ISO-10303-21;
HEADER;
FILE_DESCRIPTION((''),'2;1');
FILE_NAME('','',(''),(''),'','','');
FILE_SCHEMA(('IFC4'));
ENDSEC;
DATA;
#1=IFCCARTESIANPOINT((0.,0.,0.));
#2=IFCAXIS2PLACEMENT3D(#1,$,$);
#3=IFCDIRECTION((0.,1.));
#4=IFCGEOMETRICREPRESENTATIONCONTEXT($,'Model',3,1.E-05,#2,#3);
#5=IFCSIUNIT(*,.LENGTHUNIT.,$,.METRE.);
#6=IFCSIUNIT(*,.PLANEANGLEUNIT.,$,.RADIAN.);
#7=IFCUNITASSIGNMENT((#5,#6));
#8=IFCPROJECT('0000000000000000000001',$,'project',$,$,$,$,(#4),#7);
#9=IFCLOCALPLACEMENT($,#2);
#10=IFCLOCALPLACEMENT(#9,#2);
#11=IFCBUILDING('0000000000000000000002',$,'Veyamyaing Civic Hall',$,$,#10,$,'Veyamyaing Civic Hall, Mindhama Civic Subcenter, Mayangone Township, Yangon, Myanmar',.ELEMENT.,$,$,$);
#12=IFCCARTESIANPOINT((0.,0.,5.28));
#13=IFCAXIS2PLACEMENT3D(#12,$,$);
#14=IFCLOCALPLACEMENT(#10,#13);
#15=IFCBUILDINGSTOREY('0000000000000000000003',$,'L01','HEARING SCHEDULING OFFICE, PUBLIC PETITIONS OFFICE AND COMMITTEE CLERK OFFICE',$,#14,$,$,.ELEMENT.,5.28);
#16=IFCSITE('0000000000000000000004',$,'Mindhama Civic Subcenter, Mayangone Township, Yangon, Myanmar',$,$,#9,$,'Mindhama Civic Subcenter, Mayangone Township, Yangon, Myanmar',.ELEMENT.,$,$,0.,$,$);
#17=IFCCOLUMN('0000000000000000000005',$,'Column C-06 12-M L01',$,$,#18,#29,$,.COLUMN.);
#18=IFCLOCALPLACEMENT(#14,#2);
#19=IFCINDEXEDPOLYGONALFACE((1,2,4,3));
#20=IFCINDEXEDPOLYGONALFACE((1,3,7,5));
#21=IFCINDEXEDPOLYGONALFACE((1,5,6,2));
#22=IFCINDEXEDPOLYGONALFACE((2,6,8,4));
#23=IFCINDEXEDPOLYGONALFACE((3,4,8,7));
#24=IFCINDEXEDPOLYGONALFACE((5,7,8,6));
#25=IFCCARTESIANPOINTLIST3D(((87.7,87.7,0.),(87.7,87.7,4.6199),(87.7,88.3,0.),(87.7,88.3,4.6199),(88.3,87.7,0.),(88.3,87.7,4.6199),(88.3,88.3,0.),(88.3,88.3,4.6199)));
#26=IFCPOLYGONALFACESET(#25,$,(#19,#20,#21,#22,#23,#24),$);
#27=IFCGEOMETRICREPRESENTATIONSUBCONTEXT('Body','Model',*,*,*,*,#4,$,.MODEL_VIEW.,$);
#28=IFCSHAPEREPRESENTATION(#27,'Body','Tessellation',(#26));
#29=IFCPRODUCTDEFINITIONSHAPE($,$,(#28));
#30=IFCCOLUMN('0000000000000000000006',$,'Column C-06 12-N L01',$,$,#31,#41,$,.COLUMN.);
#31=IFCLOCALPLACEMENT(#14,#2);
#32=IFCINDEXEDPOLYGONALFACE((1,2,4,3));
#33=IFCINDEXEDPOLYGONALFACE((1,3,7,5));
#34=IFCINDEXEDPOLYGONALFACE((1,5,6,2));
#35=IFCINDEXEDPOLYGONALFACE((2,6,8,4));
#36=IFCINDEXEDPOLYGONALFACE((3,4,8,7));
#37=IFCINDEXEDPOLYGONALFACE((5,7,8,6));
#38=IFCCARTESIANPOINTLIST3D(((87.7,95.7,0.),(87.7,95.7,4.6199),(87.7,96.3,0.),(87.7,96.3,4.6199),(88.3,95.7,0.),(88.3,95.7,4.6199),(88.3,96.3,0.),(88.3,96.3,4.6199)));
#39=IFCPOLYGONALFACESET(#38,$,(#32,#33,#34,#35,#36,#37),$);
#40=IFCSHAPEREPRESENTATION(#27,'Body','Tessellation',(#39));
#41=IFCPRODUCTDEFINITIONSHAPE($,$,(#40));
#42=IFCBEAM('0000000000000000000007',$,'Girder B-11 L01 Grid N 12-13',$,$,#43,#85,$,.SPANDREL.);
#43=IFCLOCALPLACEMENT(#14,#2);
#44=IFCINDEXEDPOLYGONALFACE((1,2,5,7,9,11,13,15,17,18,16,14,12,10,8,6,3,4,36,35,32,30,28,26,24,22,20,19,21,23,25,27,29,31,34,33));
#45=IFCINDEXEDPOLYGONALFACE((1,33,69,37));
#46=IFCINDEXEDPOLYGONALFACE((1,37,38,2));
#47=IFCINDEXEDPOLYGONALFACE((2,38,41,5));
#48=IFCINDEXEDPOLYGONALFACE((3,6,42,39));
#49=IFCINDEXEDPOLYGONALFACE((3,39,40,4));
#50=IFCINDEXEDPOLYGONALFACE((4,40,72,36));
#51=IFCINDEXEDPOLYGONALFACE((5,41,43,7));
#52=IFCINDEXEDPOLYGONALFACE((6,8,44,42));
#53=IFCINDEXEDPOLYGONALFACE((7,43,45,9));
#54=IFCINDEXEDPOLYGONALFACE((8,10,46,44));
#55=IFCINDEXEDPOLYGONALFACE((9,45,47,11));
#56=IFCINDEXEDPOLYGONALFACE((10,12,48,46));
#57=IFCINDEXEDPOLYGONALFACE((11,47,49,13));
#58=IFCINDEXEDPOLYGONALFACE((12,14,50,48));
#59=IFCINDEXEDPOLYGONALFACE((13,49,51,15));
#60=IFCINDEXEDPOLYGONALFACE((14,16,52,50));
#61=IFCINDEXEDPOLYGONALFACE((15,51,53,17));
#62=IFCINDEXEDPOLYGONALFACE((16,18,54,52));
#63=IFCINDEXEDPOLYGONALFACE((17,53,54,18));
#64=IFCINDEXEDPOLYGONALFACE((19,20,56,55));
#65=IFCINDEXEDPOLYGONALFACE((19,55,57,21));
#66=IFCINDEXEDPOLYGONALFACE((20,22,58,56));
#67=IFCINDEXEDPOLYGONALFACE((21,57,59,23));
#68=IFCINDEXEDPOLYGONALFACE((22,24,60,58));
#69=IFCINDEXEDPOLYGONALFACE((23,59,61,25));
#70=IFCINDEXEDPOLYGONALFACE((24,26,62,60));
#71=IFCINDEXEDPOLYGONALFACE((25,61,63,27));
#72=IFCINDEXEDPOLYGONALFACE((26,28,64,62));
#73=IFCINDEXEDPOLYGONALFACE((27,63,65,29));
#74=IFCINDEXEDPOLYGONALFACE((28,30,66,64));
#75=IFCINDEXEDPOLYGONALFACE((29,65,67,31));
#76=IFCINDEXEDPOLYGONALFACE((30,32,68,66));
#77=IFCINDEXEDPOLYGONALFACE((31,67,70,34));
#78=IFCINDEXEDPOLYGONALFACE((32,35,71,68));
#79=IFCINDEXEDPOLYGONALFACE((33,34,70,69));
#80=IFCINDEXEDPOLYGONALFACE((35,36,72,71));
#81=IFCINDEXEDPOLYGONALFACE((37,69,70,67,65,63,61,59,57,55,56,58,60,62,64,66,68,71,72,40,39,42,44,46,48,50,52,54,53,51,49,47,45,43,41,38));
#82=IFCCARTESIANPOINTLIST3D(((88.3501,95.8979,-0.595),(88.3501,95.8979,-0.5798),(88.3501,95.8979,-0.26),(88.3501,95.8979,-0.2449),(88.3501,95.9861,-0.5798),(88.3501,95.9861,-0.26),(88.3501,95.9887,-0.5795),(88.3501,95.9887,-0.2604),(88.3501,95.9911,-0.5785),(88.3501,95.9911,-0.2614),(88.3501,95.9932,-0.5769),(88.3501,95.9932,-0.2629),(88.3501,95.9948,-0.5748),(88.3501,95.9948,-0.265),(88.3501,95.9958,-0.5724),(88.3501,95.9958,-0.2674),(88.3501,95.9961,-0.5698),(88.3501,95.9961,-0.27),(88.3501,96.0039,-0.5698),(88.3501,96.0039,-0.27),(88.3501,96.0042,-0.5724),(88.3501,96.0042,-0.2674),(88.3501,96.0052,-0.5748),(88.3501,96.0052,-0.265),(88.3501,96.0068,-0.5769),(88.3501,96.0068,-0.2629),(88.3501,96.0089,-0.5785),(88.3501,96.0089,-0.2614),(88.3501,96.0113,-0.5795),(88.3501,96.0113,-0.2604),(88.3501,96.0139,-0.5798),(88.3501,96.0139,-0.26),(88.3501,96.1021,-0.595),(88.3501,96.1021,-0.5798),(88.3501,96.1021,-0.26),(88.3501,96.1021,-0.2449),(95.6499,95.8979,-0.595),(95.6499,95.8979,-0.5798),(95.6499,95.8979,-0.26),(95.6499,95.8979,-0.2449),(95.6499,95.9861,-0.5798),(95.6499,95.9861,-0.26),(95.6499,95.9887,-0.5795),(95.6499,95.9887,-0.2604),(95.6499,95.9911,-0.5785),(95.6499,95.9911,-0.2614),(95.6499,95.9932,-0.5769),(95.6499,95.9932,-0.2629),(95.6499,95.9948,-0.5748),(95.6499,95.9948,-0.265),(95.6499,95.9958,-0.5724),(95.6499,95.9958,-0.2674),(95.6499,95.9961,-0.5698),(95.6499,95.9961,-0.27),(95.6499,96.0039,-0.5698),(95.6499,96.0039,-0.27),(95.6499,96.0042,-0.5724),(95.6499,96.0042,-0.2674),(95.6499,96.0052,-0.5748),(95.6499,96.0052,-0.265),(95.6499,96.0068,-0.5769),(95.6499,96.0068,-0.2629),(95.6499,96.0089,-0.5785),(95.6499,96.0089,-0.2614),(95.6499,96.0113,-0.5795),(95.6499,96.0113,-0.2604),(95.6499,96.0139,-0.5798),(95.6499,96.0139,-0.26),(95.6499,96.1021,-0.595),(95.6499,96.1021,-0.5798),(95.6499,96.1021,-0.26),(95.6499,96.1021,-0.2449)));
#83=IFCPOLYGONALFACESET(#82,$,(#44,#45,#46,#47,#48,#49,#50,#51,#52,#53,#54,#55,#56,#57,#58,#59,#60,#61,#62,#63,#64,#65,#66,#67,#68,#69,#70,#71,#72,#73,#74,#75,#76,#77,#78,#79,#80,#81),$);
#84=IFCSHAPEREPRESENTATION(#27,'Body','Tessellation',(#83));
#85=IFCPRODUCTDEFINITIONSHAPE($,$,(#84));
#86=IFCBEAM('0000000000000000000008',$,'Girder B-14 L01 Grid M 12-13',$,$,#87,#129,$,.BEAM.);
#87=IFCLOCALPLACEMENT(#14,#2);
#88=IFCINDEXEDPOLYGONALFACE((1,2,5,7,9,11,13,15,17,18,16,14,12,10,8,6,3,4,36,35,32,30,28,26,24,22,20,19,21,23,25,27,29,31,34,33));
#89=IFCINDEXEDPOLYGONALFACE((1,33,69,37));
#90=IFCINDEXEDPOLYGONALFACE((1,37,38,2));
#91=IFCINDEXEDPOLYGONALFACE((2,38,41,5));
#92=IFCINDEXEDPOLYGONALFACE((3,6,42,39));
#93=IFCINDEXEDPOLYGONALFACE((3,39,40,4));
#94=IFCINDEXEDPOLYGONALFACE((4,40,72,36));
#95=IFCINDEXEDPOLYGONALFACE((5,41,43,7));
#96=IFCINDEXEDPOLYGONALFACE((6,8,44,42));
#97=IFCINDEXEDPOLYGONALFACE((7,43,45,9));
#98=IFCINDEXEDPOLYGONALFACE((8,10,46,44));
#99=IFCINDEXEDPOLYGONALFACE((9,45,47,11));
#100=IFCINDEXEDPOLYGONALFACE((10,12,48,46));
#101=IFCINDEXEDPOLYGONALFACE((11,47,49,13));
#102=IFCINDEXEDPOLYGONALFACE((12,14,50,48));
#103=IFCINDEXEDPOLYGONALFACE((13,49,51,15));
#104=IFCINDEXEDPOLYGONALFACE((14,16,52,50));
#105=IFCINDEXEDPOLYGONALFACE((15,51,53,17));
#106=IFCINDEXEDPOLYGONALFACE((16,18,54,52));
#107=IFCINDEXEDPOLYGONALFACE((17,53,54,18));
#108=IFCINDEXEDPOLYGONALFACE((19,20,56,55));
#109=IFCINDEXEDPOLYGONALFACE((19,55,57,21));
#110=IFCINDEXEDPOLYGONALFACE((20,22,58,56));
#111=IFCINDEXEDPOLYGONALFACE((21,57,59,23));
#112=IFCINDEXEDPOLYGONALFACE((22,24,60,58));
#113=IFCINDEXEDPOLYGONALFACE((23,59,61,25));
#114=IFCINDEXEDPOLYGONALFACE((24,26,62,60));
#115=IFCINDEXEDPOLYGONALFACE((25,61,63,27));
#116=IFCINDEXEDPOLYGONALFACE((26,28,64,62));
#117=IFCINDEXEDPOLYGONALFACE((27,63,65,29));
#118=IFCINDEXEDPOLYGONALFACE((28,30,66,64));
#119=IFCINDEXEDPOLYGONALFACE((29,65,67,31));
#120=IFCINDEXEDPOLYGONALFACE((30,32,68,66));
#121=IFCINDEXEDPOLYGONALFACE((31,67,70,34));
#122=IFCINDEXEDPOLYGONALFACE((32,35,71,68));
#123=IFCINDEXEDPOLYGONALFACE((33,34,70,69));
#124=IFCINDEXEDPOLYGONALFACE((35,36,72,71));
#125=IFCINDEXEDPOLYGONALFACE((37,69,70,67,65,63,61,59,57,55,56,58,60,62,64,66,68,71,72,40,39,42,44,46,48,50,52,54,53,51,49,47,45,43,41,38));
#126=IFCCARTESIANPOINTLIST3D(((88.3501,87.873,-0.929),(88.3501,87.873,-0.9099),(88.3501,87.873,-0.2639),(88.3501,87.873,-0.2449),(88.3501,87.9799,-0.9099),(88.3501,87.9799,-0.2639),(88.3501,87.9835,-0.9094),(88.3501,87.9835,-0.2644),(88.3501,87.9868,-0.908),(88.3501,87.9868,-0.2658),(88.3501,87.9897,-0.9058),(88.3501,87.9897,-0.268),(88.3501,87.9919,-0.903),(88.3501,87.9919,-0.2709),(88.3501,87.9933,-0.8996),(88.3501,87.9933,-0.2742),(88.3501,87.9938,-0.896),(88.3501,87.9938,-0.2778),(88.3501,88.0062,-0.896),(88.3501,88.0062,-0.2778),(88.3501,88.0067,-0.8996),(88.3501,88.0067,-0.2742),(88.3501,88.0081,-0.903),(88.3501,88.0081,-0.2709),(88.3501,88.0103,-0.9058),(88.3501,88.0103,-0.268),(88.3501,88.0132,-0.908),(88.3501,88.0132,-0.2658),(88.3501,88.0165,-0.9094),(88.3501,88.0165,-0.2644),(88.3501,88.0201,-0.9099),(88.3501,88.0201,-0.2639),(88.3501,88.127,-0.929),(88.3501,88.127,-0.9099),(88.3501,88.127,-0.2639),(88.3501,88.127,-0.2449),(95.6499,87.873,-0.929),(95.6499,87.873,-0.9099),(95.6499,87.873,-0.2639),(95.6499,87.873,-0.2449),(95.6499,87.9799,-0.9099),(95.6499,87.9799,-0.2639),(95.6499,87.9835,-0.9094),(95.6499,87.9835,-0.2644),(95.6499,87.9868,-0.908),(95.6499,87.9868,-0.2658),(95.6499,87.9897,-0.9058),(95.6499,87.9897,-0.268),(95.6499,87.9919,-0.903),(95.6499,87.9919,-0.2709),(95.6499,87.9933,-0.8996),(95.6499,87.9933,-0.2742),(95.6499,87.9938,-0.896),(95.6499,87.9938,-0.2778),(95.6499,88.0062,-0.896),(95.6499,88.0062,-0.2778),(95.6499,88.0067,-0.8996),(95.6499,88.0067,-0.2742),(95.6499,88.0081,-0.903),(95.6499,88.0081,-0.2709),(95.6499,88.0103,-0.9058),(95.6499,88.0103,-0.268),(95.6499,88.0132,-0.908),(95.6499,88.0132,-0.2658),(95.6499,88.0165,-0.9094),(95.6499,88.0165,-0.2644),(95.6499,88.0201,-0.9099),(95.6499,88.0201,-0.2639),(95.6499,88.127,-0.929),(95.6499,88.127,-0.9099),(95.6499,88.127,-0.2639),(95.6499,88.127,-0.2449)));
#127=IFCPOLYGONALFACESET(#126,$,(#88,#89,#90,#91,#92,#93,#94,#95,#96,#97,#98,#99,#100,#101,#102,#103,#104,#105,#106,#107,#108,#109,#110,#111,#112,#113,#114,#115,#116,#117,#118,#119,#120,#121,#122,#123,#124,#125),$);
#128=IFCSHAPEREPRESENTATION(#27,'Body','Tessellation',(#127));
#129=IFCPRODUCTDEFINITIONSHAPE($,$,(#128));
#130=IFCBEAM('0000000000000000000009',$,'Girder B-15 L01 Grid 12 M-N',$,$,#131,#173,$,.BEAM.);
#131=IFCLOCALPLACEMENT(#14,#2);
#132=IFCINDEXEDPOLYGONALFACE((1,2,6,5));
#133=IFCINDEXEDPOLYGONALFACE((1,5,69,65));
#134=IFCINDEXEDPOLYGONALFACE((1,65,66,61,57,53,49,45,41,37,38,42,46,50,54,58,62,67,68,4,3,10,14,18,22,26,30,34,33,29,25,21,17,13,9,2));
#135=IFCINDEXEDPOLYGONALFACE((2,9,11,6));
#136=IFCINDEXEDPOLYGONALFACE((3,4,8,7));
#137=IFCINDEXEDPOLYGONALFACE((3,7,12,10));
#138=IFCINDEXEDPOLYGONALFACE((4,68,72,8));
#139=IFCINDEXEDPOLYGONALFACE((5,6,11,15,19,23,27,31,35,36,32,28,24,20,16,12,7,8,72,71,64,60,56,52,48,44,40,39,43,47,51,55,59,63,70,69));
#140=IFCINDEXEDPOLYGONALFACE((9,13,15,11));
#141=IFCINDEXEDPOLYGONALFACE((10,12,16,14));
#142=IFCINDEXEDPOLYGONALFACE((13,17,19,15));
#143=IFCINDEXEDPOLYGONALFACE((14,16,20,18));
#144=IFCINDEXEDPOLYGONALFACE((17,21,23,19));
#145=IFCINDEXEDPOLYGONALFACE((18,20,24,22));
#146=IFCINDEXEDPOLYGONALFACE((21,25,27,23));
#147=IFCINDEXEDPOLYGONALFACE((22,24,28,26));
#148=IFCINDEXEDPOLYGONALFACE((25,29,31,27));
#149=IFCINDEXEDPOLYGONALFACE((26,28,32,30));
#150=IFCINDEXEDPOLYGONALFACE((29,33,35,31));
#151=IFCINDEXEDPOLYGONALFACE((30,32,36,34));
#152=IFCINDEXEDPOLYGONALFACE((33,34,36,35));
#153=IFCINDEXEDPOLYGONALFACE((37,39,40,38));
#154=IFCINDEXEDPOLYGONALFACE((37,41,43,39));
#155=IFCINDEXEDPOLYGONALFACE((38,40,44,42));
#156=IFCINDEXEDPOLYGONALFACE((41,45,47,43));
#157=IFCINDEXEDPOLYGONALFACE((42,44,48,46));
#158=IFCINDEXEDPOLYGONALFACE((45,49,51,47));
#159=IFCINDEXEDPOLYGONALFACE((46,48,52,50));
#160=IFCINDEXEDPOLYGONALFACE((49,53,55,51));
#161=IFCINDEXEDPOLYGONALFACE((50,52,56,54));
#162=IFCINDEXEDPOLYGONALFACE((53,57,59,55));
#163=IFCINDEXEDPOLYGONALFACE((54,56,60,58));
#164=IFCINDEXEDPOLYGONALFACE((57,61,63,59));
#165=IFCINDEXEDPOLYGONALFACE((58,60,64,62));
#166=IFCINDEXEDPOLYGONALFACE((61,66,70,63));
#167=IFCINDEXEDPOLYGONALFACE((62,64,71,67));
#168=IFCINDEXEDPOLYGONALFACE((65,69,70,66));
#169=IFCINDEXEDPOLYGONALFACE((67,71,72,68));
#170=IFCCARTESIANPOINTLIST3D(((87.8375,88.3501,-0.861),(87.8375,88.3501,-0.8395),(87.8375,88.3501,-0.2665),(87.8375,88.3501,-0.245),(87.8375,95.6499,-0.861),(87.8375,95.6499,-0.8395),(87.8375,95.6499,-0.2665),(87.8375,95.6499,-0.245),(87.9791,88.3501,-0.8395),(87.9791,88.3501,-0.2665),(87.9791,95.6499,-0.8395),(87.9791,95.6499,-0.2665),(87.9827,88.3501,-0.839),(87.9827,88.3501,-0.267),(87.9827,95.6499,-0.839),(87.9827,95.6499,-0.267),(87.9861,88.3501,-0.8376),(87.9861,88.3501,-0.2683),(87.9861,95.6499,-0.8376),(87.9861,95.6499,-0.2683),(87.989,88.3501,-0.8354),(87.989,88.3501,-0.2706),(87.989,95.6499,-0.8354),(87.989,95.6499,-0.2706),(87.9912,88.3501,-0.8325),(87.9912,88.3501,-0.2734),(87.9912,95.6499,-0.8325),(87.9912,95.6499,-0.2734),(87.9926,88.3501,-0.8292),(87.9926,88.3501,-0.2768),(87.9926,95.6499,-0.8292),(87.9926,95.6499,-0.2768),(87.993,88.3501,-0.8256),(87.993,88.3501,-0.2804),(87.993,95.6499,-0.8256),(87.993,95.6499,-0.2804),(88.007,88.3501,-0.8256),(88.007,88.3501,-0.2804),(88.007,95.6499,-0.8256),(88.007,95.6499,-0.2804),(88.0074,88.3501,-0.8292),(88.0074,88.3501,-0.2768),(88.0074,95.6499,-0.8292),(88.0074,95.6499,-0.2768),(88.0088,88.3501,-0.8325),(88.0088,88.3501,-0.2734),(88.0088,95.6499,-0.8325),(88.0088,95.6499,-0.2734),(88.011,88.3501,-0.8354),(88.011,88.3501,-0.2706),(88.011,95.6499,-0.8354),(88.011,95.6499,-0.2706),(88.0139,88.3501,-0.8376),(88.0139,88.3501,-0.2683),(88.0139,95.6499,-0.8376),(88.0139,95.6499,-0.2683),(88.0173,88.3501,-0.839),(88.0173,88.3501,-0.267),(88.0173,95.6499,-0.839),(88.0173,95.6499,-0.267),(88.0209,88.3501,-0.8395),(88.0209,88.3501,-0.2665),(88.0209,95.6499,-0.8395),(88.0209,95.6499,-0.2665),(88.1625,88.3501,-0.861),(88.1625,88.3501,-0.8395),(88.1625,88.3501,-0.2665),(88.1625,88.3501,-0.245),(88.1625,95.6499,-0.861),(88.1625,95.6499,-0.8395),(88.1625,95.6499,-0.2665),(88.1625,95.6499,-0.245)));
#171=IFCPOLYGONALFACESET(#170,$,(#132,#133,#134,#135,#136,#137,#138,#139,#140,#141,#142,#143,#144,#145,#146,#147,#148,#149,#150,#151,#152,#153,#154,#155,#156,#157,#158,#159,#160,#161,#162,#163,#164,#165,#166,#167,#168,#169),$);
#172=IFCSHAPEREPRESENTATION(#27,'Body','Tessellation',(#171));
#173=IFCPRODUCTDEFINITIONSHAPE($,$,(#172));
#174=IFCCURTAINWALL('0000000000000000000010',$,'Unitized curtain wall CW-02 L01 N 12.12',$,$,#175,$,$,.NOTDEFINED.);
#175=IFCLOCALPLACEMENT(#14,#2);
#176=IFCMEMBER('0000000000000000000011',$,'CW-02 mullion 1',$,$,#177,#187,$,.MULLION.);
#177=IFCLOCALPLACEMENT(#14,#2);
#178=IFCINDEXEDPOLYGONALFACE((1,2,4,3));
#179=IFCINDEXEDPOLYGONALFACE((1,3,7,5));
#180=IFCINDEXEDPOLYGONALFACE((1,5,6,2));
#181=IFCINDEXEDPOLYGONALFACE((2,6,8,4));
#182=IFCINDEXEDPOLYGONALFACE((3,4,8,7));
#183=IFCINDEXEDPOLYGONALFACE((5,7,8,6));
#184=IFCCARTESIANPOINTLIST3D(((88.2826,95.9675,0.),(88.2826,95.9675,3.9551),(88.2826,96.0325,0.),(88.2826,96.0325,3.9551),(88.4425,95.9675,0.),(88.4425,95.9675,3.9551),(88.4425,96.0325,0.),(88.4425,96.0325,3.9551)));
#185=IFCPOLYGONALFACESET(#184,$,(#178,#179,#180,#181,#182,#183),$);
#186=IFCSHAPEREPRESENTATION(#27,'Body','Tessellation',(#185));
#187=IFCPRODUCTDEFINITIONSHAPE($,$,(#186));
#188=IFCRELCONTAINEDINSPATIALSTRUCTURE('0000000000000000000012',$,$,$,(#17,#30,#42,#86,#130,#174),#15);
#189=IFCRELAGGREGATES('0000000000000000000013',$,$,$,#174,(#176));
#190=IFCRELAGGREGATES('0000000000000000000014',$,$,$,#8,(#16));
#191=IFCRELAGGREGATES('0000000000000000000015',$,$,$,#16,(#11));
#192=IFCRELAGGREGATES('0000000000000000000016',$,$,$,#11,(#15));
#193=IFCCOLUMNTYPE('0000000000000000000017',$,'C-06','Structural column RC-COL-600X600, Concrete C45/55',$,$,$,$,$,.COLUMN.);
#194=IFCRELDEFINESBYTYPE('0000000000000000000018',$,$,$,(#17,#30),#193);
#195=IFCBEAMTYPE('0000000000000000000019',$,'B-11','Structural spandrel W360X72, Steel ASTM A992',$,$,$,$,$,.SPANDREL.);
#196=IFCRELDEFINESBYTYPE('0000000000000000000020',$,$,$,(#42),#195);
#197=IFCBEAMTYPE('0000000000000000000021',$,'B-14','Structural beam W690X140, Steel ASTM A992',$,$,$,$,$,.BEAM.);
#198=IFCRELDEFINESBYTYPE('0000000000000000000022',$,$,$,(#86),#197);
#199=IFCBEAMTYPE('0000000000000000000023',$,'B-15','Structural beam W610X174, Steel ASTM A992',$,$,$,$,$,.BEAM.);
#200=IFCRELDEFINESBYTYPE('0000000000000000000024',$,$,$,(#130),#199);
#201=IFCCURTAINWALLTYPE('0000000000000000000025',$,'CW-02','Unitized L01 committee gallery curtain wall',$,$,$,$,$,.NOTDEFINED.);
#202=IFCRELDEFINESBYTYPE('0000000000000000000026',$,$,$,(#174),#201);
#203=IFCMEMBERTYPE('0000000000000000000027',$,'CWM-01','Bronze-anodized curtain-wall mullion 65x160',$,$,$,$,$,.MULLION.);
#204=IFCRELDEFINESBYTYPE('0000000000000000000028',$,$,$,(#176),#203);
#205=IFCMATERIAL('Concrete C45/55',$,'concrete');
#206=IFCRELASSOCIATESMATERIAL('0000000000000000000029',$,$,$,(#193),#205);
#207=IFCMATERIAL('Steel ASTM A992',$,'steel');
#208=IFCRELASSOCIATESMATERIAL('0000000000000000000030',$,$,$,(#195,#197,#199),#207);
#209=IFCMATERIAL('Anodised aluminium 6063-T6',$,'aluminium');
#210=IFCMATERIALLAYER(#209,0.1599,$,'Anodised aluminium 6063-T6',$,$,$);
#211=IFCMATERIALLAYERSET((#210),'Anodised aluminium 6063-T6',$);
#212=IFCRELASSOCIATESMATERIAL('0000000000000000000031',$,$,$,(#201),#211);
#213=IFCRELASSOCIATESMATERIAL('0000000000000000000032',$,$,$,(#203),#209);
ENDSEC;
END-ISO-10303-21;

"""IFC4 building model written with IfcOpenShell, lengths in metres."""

from ifc_helpers import new_model, si_unit, direction, frame, origin, origin_2d, place, context, subcontext, project, spatial, rectangle, i_section, extrude, material, layer, layer_set, material_profile, profile_set, type_object, element, aggregate, save


model = new_model("IFC4")

# Units and contexts
model_context = context("Model", 3, precision=1e-05, world=origin(), true_north=direction((0.0, 1.0)))
body_context = subcontext(model_context, "Body", "Model", "MODEL_VIEW")
ifc_project = project(units=[si_unit("LENGTHUNIT", "METRE"), si_unit("PLANEANGLEUNIT", "RADIAN")], contexts=[model_context])

# Site, building, storey
site_placement = place(None, origin())
site = spatial("IfcSite", under=ifc_project, at=site_placement, Name="Mindhama Civic Subcenter, Mayangone Township, Yangon, Myanmar", LongName="Mindhama Civic Subcenter, Mayangone Township, Yangon, Myanmar", CompositionType="ELEMENT", RefElevation=0.0)
building_placement = place(site_placement, origin())
building = spatial("IfcBuilding", under=site, at=building_placement, Name="Veyamyaing Civic Hall", LongName="Veyamyaing Civic Hall, Mindhama Civic Subcenter, Mayangone Township, Yangon, Myanmar", CompositionType="ELEMENT")
storey_placement = place(building_placement, frame((0.0, 0.0, 5.28)))
storey = spatial("IfcBuildingStorey", under=building, at=storey_placement, Name="L01", Description="HEARING SCHEDULING OFFICE, PUBLIC PETITIONS OFFICE AND COMMITTEE CLERK OFFICE", CompositionType="ELEMENT", Elevation=5.28)

# Columns
ifc_material_1 = material(Name="Concrete C45/55", Category="concrete")
ifc_material_profile_1 = material_profile(ifc_material_1, rectangle(XDim=0.6001, YDim=0.6001, at=origin_2d()), Name="RC-COL-600X600")
ifc_profile_set_1 = profile_set([ifc_material_profile_1], Name="Concrete C45/55")
column_type = type_object("IfcColumnType", Name="C-06", Description="Structural column RC-COL-600X600, Concrete C45/55", PredefinedType="COLUMN", material=ifc_profile_set_1)
for number, where, z_axis, x_axis, name in (
    (1, (88.0, 88.0, 0.0), (0.0, 0.0, 1.0), (1.0, 0.0, 0.0), "Column C-06 12-M L01"),
    (2, (88.0, 96.0, 0.0), (0.0, 0.0, 1.0), (1.0, 0.0, 0.0), "Column C-06 12-N L01"),
):
    element("IfcColumn", number, at=place(storey_placement, frame(where, z_axis=z_axis, x_axis=x_axis)), inside=storey, type_object=column_type, Name=name, PredefinedType="COLUMN", context=body_context, shape_type="SweptSolid", body=[
        extrude(rectangle(XDim=0.6001, YDim=0.6001, at=origin_2d()), origin(), (0.0, 0.0, 1.0), 4.6199),
    ])

# Beams
ifc_material_2 = material(Name="Steel ASTM A992", Category="steel")
ifc_material_profile_2 = material_profile(ifc_material_2, i_section(OverallWidth=0.2041, OverallDepth=0.3501, WebThickness=0.0078, FlangeThickness=0.0151, FilletRadius=0.01, at=origin_2d()), Name="W360X72")
ifc_profile_set_2 = profile_set([ifc_material_profile_2], Name="Steel ASTM A992")
beam_type_1 = type_object("IfcBeamType", Name="B-11", Description="Structural spandrel W360X72, Steel ASTM A992", PredefinedType="SPANDREL", material=ifc_profile_set_2)
beam_1_placement = place(storey_placement, frame((88.3501, 96.0, -0.4199), z_axis=(1.0, 0.0, 0.0), x_axis=(0.0, 1.0, 0.0)))
element("IfcBeam", 3, at=beam_1_placement, inside=storey, type_object=beam_type_1, Name="Girder B-11 L01 Grid N 12-13", PredefinedType="SPANDREL", context=body_context, shape_type="SweptSolid", body=[
    extrude(i_section(OverallWidth=0.2041, OverallDepth=0.3501, WebThickness=0.0078, FlangeThickness=0.0151, FilletRadius=0.01, at=origin_2d()), origin(), (0.0, 0.0, 1.0), 7.2998),
])
ifc_material_profile_3 = material_profile(ifc_material_2, i_section(OverallWidth=0.2539, OverallDepth=0.6841, WebThickness=0.0125, FlangeThickness=0.019, FilletRadius=0.0139, at=origin_2d()), Name="W690X140")
ifc_profile_set_3 = profile_set([ifc_material_profile_3], Name="Steel ASTM A992")
beam_type_2 = type_object("IfcBeamType", Name="B-14", Description="Structural beam W690X140, Steel ASTM A992", PredefinedType="BEAM", material=ifc_profile_set_3)
beam_2_placement = place(storey_placement, frame((88.3501, 88.0, -0.5869), z_axis=(1.0, 0.0, 0.0), x_axis=(0.0, 1.0, 0.0)))
element("IfcBeam", 4, at=beam_2_placement, inside=storey, type_object=beam_type_2, Name="Girder B-14 L01 Grid M 12-13", PredefinedType="BEAM", context=body_context, shape_type="SweptSolid", body=[
    extrude(i_section(OverallWidth=0.2539, OverallDepth=0.6841, WebThickness=0.0125, FlangeThickness=0.019, FilletRadius=0.0139, at=origin_2d()), origin(), (0.0, 0.0, 1.0), 7.2998),
])
ifc_material_profile_4 = material_profile(ifc_material_2, i_section(OverallWidth=0.325, OverallDepth=0.616, WebThickness=0.0139, FlangeThickness=0.0215, FilletRadius=0.0139, at=origin_2d()), Name="W610X174")
ifc_profile_set_4 = profile_set([ifc_material_profile_4], Name="Steel ASTM A992")
beam_type_3 = type_object("IfcBeamType", Name="B-15", Description="Structural beam W610X174, Steel ASTM A992", PredefinedType="BEAM", material=ifc_profile_set_4)
beam_3_placement = place(storey_placement, frame((88.0, 88.3501, -0.553), z_axis=(0.0, 1.0, 0.0), x_axis=(-1.0, 0.0, 0.0)))
element("IfcBeam", 5, at=beam_3_placement, inside=storey, type_object=beam_type_3, Name="Girder B-15 L01 Grid 12 M-N", PredefinedType="BEAM", context=body_context, shape_type="SweptSolid", body=[
    extrude(i_section(OverallWidth=0.325, OverallDepth=0.616, WebThickness=0.0139, FlangeThickness=0.0215, FilletRadius=0.0139, at=origin_2d()), origin(), (0.0, 0.0, 1.0), 7.2998),
])

# Curtain wall, member
ifc_material_3 = material(Name="Anodised aluminium 6063-T6", Category="aluminium")
ifc_layer_1 = layer(ifc_material_3, 0.1599, Name="Anodised aluminium 6063-T6")
ifc_layer_set_1 = layer_set([ifc_layer_1], Name="Anodised aluminium 6063-T6")
curtain_wall_type = type_object("IfcCurtainWallType", Name="CW-02", Description="Unitized L01 committee gallery curtain wall", PredefinedType="NOTDEFINED", material=ifc_layer_set_1)
curtain_wall_placement = place(storey_placement, origin())
curtain_wall = element("IfcCurtainWall", 6, at=curtain_wall_placement, inside=storey, type_object=curtain_wall_type, Name="Unitized curtain wall CW-02 L01 N 12.12", PredefinedType="NOTDEFINED")
ifc_material_profile_5 = material_profile(ifc_material_3, rectangle(XDim=0.0649, YDim=0.1599, at=origin_2d()), Name="ALU-MUL-65X160")
ifc_profile_set_5 = profile_set([ifc_material_profile_5], Name="Anodised aluminium 6063-T6")
member_type_1 = type_object("IfcMemberType", Name="CWM-01", Description="Bronze-anodized curtain-wall mullion 65x160", PredefinedType="MULLION", material=ifc_profile_set_5)
member_1_placement = place(storey_placement, frame((88.3625, 96.0, 0.0), z_axis=(0.0, 0.0, 1.0), x_axis=(0.0, 1.0, 0.0)))
member_1 = element("IfcMember", 7, at=member_1_placement, type_object=member_type_1, Name="CW-02 mullion 1", PredefinedType="MULLION", context=body_context, shape_type="SweptSolid", body=[
    extrude(rectangle(XDim=0.0649, YDim=0.1599, at=origin_2d()), origin(), (0.0, 0.0, 1.0), 3.9551),
])
aggregate(curtain_wall, [member_1])

save(model, "model.ifc")
